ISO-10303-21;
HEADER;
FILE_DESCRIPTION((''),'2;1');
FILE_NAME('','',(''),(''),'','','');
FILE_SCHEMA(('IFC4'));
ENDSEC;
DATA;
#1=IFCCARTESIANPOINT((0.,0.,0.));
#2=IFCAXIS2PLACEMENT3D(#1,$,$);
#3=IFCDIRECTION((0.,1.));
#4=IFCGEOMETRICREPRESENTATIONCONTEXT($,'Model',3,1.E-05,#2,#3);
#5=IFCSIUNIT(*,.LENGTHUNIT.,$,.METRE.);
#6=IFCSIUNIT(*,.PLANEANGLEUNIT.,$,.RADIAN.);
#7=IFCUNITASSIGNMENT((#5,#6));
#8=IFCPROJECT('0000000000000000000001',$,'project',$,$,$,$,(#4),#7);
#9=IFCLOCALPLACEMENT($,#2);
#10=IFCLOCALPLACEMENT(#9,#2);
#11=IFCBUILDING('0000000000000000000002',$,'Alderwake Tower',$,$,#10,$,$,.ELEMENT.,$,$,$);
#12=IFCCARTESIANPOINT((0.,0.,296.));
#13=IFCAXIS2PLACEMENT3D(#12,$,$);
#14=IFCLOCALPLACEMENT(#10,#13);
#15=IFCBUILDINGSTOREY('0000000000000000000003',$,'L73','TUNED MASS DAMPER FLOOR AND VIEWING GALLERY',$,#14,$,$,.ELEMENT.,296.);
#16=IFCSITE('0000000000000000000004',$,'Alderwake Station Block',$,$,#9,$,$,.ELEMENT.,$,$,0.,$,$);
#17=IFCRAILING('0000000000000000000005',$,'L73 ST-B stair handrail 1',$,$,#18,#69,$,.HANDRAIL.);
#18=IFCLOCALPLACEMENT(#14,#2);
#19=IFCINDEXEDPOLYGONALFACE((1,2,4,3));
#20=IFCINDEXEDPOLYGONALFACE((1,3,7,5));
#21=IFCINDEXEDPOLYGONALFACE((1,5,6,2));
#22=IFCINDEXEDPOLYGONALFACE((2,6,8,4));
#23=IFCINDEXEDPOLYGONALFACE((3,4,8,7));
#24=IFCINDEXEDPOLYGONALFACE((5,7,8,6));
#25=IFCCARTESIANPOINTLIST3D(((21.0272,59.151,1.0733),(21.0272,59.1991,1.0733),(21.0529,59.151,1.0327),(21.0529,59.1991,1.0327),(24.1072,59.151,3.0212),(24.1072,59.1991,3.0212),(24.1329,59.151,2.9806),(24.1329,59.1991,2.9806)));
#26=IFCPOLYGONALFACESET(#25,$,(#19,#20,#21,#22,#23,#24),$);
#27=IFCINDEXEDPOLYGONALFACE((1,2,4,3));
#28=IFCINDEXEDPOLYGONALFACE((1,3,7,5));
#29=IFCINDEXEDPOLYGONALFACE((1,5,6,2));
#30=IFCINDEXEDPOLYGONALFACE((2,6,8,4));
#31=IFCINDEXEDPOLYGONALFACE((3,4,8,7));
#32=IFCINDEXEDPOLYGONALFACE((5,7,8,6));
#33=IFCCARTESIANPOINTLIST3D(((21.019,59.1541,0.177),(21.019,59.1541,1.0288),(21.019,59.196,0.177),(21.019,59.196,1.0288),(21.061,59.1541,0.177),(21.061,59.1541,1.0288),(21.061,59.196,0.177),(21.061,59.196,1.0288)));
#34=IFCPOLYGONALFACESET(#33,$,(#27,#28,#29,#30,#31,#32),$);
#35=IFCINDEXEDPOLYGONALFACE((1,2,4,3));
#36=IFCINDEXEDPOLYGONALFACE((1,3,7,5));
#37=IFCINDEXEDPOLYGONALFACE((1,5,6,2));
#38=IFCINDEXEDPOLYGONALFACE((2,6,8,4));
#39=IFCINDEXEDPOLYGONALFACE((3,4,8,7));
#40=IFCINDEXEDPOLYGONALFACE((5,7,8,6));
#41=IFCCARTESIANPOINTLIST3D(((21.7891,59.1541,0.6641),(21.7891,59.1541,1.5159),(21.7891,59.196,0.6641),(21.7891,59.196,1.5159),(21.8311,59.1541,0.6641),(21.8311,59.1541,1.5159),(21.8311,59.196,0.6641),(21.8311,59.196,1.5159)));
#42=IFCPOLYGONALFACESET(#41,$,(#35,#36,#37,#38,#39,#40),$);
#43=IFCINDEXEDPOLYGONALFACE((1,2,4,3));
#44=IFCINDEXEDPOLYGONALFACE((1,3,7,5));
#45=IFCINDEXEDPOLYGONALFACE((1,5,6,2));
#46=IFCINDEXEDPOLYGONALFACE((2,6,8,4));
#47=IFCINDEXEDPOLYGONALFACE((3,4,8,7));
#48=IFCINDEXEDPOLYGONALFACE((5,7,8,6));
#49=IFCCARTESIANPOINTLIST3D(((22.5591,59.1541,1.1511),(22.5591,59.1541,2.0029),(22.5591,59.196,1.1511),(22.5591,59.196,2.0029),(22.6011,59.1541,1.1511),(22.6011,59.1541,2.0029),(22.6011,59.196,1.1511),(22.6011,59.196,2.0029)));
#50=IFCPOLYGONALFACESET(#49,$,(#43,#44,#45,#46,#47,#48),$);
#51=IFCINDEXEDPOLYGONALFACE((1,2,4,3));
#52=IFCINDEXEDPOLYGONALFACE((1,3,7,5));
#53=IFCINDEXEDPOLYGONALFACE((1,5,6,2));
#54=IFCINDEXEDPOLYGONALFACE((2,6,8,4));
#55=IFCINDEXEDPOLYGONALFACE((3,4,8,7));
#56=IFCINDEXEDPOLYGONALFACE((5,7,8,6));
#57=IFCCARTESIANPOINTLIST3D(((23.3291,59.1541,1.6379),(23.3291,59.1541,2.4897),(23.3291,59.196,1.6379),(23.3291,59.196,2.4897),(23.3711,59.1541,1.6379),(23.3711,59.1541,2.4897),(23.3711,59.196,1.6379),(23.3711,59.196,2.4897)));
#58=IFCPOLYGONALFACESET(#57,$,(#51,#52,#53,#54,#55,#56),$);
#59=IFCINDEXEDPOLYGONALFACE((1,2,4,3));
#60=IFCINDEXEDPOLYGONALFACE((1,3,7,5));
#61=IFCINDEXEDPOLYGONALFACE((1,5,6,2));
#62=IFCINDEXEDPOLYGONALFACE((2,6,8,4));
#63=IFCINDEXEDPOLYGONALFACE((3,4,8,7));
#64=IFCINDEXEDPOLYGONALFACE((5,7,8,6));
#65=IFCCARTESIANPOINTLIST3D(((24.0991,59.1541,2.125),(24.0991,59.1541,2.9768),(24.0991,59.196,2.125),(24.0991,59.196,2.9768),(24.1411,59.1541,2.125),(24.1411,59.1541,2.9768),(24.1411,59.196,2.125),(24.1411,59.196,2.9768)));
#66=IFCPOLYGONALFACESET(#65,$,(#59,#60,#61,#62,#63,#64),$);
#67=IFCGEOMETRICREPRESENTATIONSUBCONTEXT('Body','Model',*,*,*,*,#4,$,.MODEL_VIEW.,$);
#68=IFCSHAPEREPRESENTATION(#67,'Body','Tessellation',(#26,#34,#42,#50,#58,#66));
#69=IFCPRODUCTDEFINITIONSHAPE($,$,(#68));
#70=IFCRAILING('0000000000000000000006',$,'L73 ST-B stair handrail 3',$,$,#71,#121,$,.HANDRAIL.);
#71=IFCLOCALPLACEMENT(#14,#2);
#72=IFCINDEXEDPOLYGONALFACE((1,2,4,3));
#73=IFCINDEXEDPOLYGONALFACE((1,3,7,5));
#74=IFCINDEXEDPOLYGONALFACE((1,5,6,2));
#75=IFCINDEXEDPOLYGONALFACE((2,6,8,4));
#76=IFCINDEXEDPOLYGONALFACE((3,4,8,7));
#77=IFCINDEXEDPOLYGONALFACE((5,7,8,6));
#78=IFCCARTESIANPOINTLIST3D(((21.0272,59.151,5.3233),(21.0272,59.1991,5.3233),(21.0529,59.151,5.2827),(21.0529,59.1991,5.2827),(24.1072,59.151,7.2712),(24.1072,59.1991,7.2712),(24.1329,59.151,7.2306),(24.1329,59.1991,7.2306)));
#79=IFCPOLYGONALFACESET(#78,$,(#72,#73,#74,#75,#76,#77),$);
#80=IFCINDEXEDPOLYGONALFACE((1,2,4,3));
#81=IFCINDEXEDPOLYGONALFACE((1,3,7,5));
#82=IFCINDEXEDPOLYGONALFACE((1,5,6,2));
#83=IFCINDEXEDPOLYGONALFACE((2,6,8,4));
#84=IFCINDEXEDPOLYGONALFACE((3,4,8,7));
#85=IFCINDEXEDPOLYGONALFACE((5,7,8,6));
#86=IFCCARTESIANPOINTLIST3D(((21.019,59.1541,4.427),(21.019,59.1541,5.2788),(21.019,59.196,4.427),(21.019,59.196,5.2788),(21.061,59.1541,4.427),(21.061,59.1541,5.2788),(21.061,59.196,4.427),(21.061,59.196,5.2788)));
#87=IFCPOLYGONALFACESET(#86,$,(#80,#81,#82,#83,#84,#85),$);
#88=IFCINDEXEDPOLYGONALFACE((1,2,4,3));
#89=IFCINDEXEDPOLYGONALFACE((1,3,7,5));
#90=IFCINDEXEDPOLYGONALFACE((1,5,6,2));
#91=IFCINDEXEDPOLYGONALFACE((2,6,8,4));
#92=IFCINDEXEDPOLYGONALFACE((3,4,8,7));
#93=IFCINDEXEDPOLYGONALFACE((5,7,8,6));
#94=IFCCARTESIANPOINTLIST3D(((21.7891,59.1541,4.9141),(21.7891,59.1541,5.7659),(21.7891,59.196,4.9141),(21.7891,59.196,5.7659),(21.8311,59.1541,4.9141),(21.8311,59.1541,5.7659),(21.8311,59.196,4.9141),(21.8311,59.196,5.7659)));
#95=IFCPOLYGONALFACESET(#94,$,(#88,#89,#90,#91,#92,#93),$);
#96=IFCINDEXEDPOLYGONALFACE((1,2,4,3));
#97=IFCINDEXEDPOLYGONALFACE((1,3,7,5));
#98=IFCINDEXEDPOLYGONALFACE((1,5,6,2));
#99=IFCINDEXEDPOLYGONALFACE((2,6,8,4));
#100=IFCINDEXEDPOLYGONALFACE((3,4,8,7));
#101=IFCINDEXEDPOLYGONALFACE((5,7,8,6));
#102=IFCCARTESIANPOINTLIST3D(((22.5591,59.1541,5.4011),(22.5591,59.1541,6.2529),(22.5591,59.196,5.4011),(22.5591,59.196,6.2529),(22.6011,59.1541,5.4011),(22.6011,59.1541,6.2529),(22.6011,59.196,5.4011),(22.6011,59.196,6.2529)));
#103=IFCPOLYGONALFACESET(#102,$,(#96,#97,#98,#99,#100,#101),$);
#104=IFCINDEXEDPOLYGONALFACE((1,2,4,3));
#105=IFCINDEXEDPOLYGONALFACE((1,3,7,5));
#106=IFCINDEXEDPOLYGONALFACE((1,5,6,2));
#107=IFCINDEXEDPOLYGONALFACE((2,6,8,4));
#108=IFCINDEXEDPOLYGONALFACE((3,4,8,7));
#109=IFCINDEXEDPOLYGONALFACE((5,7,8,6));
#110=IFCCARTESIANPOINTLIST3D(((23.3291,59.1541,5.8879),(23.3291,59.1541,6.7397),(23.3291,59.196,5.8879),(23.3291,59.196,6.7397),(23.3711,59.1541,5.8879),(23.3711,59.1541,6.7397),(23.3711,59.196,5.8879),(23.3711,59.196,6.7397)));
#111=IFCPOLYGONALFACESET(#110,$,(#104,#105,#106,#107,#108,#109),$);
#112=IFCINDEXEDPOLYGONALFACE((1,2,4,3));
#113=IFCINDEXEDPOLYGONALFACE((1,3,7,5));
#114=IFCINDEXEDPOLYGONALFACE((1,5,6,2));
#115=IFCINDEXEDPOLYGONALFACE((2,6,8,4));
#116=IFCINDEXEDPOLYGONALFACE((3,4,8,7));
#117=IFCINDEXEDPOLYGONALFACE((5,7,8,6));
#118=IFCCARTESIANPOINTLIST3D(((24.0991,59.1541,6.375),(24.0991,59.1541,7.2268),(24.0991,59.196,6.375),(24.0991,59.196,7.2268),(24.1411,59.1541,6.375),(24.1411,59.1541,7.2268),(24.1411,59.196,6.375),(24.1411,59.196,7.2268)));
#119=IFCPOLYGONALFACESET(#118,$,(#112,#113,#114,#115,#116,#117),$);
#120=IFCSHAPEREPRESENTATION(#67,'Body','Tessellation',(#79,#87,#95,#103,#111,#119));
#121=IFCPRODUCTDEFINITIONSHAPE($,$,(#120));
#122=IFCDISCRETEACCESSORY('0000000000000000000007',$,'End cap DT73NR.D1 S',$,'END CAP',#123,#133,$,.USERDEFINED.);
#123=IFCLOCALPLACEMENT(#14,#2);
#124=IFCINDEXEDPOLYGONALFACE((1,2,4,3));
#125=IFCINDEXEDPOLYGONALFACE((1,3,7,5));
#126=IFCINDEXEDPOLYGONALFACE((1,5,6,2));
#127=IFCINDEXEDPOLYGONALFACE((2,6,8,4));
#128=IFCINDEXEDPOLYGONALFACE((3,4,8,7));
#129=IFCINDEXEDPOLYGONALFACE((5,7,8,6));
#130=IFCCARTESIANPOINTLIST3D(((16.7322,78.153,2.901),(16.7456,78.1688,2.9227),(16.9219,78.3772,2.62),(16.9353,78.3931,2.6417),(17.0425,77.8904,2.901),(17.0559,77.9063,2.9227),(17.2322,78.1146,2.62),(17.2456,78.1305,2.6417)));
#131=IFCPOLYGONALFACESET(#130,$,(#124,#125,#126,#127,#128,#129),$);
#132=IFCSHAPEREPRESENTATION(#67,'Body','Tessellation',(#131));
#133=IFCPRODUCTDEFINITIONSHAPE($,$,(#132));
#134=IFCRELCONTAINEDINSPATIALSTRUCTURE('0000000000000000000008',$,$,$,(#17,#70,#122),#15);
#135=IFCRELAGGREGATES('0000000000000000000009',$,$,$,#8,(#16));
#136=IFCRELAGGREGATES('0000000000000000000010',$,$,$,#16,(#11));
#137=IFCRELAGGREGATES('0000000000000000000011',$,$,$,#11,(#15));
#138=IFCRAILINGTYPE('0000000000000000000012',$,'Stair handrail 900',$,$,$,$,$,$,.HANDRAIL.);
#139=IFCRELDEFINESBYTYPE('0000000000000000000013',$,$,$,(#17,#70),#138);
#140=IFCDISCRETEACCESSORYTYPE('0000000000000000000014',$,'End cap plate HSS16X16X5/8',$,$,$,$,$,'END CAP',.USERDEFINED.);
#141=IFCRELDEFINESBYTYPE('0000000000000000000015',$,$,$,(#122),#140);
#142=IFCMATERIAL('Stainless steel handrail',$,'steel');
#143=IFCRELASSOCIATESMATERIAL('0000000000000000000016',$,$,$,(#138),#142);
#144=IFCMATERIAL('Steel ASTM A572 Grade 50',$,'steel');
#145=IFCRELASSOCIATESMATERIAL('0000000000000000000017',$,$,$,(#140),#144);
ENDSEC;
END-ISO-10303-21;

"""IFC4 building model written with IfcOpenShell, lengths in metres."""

from ifc_helpers import new_model, si_unit, direction, frame, origin, origin_with_axes, origin_2d, place, context, subcontext, project, spatial, rectangle, extrude, material, material_profile, profile_set, type_object, element, save


model = new_model("IFC4")

# Units and contexts
model_context = context("Model", 3, precision=1e-05, world=origin(), true_north=direction((0.0, 1.0)))
body_context = subcontext(model_context, "Body", "Model", "MODEL_VIEW")
ifc_project = project(units=[si_unit("LENGTHUNIT", "METRE"), si_unit("PLANEANGLEUNIT", "RADIAN")], contexts=[model_context])

# Site, building, storey
site_placement = place(None, origin())
site = spatial("IfcSite", under=ifc_project, at=site_placement, Name="Alderwake Station Block", CompositionType="ELEMENT", RefElevation=0.0)
building_placement = place(site_placement, origin())
building = spatial("IfcBuilding", under=site, at=building_placement, Name="Alderwake Tower", CompositionType="ELEMENT")
storey_placement = place(building_placement, frame((0.0, 0.0, 296.0)))
storey = spatial("IfcBuildingStorey", under=building, at=storey_placement, Name="L73", Description="TUNED MASS DAMPER FLOOR AND VIEWING GALLERY", CompositionType="ELEMENT", Elevation=296.0)

# Railings
ifc_material_1 = material(Name="Stainless steel handrail", Category="steel")
railing_type_1 = type_object("IfcRailingType", Name="Stair handrail 900", PredefinedType="HANDRAIL", material=ifc_material_1)
for number, where, name in (
    (1, (21.04, 59.175, 0.177), "L73 ST-B stair handrail 1"),
    (2, (21.04, 59.175, 4.427), "L73 ST-B stair handrail 3"),
):
    element("IfcRailing", number, at=place(storey_placement, frame(where)), inside=storey, type_object=railing_type_1, Name=name, PredefinedType="HANDRAIL", context=body_context, shape_type="SweptSolid", body=[
        extrude(rectangle(XDim=0.0481, YDim=0.0481, at=origin_2d()), frame((0.0, 0.0, 0.876), z_axis=(0.845156, 0.0, 0.53452), x_axis=(0.0, 1.0, 0.0)), (0.0, 0.0, 1.0), 3.6443),
        extrude(rectangle(XDim=0.042, YDim=0.042, at=origin_2d()), origin_with_axes(), (0.0, 0.0, 1.0), 0.8518),
        extrude(rectangle(XDim=0.042, YDim=0.042, at=origin_2d()), frame((0.77, 0.0, 0.4871), z_axis=(0.0, 0.0, 1.0), x_axis=(1.0, 0.0, 0.0)), (0.0, 0.0, 1.0), 0.8518),
        extrude(rectangle(XDim=0.042, YDim=0.042, at=origin_2d()), frame((1.54, 0.0, 0.9741), z_axis=(0.0, 0.0, 1.0), x_axis=(1.0, 0.0, 0.0)), (0.0, 0.0, 1.0), 0.8518),
        extrude(rectangle(XDim=0.042, YDim=0.042, at=origin_2d()), frame((2.3101, 0.0, 1.4609), z_axis=(0.0, 0.0, 1.0), x_axis=(1.0, 0.0, 0.0)), (0.0, 0.0, 1.0), 0.8518),
        extrude(rectangle(XDim=0.042, YDim=0.042, at=origin_2d()), frame((3.0801, 0.0, 1.948), z_axis=(0.0, 0.0, 1.0), x_axis=(1.0, 0.0, 0.0)), (0.0, 0.0, 1.0), 0.8518),
    ])

# Discrete accessory
ifc_material_2 = material(Name="Steel ASTM A572 Grade 50", Category="steel")
ifc_material_profile_1 = material_profile(ifc_material_2, rectangle(XDim=0.4065, YDim=0.4065, at=origin_2d()), Name="HSS16X16X5/8 cap")
ifc_profile_set_1 = profile_set([ifc_material_profile_1], Name="Steel ASTM A572 Grade 50")
discrete_accessory_type = type_object("IfcDiscreteAccessoryType", Name="End cap plate HSS16X16X5/8", ElementType="END CAP", PredefinedType="USERDEFINED", material=ifc_profile_set_1)
discrete_accessory_placement = place(storey_placement, frame((16.9956, 78.1497, 2.7822), z_axis=(-0.446535, -0.527723, -0.722575), x_axis=(0.763386, -0.645942, 0.0)))
element("IfcDiscreteAccessory", 3, at=discrete_accessory_placement, inside=storey, type_object=discrete_accessory_type, Name="End cap DT73NR.D1 S", ObjectType="END CAP", PredefinedType="USERDEFINED", context=body_context, shape_type="SweptSolid", body=[
    extrude(rectangle(XDim=0.4065, YDim=0.4065, at=origin_2d()), origin(), (0.0, 0.0, 1.0), 0.03),
])

save(model, "model.ifc")
